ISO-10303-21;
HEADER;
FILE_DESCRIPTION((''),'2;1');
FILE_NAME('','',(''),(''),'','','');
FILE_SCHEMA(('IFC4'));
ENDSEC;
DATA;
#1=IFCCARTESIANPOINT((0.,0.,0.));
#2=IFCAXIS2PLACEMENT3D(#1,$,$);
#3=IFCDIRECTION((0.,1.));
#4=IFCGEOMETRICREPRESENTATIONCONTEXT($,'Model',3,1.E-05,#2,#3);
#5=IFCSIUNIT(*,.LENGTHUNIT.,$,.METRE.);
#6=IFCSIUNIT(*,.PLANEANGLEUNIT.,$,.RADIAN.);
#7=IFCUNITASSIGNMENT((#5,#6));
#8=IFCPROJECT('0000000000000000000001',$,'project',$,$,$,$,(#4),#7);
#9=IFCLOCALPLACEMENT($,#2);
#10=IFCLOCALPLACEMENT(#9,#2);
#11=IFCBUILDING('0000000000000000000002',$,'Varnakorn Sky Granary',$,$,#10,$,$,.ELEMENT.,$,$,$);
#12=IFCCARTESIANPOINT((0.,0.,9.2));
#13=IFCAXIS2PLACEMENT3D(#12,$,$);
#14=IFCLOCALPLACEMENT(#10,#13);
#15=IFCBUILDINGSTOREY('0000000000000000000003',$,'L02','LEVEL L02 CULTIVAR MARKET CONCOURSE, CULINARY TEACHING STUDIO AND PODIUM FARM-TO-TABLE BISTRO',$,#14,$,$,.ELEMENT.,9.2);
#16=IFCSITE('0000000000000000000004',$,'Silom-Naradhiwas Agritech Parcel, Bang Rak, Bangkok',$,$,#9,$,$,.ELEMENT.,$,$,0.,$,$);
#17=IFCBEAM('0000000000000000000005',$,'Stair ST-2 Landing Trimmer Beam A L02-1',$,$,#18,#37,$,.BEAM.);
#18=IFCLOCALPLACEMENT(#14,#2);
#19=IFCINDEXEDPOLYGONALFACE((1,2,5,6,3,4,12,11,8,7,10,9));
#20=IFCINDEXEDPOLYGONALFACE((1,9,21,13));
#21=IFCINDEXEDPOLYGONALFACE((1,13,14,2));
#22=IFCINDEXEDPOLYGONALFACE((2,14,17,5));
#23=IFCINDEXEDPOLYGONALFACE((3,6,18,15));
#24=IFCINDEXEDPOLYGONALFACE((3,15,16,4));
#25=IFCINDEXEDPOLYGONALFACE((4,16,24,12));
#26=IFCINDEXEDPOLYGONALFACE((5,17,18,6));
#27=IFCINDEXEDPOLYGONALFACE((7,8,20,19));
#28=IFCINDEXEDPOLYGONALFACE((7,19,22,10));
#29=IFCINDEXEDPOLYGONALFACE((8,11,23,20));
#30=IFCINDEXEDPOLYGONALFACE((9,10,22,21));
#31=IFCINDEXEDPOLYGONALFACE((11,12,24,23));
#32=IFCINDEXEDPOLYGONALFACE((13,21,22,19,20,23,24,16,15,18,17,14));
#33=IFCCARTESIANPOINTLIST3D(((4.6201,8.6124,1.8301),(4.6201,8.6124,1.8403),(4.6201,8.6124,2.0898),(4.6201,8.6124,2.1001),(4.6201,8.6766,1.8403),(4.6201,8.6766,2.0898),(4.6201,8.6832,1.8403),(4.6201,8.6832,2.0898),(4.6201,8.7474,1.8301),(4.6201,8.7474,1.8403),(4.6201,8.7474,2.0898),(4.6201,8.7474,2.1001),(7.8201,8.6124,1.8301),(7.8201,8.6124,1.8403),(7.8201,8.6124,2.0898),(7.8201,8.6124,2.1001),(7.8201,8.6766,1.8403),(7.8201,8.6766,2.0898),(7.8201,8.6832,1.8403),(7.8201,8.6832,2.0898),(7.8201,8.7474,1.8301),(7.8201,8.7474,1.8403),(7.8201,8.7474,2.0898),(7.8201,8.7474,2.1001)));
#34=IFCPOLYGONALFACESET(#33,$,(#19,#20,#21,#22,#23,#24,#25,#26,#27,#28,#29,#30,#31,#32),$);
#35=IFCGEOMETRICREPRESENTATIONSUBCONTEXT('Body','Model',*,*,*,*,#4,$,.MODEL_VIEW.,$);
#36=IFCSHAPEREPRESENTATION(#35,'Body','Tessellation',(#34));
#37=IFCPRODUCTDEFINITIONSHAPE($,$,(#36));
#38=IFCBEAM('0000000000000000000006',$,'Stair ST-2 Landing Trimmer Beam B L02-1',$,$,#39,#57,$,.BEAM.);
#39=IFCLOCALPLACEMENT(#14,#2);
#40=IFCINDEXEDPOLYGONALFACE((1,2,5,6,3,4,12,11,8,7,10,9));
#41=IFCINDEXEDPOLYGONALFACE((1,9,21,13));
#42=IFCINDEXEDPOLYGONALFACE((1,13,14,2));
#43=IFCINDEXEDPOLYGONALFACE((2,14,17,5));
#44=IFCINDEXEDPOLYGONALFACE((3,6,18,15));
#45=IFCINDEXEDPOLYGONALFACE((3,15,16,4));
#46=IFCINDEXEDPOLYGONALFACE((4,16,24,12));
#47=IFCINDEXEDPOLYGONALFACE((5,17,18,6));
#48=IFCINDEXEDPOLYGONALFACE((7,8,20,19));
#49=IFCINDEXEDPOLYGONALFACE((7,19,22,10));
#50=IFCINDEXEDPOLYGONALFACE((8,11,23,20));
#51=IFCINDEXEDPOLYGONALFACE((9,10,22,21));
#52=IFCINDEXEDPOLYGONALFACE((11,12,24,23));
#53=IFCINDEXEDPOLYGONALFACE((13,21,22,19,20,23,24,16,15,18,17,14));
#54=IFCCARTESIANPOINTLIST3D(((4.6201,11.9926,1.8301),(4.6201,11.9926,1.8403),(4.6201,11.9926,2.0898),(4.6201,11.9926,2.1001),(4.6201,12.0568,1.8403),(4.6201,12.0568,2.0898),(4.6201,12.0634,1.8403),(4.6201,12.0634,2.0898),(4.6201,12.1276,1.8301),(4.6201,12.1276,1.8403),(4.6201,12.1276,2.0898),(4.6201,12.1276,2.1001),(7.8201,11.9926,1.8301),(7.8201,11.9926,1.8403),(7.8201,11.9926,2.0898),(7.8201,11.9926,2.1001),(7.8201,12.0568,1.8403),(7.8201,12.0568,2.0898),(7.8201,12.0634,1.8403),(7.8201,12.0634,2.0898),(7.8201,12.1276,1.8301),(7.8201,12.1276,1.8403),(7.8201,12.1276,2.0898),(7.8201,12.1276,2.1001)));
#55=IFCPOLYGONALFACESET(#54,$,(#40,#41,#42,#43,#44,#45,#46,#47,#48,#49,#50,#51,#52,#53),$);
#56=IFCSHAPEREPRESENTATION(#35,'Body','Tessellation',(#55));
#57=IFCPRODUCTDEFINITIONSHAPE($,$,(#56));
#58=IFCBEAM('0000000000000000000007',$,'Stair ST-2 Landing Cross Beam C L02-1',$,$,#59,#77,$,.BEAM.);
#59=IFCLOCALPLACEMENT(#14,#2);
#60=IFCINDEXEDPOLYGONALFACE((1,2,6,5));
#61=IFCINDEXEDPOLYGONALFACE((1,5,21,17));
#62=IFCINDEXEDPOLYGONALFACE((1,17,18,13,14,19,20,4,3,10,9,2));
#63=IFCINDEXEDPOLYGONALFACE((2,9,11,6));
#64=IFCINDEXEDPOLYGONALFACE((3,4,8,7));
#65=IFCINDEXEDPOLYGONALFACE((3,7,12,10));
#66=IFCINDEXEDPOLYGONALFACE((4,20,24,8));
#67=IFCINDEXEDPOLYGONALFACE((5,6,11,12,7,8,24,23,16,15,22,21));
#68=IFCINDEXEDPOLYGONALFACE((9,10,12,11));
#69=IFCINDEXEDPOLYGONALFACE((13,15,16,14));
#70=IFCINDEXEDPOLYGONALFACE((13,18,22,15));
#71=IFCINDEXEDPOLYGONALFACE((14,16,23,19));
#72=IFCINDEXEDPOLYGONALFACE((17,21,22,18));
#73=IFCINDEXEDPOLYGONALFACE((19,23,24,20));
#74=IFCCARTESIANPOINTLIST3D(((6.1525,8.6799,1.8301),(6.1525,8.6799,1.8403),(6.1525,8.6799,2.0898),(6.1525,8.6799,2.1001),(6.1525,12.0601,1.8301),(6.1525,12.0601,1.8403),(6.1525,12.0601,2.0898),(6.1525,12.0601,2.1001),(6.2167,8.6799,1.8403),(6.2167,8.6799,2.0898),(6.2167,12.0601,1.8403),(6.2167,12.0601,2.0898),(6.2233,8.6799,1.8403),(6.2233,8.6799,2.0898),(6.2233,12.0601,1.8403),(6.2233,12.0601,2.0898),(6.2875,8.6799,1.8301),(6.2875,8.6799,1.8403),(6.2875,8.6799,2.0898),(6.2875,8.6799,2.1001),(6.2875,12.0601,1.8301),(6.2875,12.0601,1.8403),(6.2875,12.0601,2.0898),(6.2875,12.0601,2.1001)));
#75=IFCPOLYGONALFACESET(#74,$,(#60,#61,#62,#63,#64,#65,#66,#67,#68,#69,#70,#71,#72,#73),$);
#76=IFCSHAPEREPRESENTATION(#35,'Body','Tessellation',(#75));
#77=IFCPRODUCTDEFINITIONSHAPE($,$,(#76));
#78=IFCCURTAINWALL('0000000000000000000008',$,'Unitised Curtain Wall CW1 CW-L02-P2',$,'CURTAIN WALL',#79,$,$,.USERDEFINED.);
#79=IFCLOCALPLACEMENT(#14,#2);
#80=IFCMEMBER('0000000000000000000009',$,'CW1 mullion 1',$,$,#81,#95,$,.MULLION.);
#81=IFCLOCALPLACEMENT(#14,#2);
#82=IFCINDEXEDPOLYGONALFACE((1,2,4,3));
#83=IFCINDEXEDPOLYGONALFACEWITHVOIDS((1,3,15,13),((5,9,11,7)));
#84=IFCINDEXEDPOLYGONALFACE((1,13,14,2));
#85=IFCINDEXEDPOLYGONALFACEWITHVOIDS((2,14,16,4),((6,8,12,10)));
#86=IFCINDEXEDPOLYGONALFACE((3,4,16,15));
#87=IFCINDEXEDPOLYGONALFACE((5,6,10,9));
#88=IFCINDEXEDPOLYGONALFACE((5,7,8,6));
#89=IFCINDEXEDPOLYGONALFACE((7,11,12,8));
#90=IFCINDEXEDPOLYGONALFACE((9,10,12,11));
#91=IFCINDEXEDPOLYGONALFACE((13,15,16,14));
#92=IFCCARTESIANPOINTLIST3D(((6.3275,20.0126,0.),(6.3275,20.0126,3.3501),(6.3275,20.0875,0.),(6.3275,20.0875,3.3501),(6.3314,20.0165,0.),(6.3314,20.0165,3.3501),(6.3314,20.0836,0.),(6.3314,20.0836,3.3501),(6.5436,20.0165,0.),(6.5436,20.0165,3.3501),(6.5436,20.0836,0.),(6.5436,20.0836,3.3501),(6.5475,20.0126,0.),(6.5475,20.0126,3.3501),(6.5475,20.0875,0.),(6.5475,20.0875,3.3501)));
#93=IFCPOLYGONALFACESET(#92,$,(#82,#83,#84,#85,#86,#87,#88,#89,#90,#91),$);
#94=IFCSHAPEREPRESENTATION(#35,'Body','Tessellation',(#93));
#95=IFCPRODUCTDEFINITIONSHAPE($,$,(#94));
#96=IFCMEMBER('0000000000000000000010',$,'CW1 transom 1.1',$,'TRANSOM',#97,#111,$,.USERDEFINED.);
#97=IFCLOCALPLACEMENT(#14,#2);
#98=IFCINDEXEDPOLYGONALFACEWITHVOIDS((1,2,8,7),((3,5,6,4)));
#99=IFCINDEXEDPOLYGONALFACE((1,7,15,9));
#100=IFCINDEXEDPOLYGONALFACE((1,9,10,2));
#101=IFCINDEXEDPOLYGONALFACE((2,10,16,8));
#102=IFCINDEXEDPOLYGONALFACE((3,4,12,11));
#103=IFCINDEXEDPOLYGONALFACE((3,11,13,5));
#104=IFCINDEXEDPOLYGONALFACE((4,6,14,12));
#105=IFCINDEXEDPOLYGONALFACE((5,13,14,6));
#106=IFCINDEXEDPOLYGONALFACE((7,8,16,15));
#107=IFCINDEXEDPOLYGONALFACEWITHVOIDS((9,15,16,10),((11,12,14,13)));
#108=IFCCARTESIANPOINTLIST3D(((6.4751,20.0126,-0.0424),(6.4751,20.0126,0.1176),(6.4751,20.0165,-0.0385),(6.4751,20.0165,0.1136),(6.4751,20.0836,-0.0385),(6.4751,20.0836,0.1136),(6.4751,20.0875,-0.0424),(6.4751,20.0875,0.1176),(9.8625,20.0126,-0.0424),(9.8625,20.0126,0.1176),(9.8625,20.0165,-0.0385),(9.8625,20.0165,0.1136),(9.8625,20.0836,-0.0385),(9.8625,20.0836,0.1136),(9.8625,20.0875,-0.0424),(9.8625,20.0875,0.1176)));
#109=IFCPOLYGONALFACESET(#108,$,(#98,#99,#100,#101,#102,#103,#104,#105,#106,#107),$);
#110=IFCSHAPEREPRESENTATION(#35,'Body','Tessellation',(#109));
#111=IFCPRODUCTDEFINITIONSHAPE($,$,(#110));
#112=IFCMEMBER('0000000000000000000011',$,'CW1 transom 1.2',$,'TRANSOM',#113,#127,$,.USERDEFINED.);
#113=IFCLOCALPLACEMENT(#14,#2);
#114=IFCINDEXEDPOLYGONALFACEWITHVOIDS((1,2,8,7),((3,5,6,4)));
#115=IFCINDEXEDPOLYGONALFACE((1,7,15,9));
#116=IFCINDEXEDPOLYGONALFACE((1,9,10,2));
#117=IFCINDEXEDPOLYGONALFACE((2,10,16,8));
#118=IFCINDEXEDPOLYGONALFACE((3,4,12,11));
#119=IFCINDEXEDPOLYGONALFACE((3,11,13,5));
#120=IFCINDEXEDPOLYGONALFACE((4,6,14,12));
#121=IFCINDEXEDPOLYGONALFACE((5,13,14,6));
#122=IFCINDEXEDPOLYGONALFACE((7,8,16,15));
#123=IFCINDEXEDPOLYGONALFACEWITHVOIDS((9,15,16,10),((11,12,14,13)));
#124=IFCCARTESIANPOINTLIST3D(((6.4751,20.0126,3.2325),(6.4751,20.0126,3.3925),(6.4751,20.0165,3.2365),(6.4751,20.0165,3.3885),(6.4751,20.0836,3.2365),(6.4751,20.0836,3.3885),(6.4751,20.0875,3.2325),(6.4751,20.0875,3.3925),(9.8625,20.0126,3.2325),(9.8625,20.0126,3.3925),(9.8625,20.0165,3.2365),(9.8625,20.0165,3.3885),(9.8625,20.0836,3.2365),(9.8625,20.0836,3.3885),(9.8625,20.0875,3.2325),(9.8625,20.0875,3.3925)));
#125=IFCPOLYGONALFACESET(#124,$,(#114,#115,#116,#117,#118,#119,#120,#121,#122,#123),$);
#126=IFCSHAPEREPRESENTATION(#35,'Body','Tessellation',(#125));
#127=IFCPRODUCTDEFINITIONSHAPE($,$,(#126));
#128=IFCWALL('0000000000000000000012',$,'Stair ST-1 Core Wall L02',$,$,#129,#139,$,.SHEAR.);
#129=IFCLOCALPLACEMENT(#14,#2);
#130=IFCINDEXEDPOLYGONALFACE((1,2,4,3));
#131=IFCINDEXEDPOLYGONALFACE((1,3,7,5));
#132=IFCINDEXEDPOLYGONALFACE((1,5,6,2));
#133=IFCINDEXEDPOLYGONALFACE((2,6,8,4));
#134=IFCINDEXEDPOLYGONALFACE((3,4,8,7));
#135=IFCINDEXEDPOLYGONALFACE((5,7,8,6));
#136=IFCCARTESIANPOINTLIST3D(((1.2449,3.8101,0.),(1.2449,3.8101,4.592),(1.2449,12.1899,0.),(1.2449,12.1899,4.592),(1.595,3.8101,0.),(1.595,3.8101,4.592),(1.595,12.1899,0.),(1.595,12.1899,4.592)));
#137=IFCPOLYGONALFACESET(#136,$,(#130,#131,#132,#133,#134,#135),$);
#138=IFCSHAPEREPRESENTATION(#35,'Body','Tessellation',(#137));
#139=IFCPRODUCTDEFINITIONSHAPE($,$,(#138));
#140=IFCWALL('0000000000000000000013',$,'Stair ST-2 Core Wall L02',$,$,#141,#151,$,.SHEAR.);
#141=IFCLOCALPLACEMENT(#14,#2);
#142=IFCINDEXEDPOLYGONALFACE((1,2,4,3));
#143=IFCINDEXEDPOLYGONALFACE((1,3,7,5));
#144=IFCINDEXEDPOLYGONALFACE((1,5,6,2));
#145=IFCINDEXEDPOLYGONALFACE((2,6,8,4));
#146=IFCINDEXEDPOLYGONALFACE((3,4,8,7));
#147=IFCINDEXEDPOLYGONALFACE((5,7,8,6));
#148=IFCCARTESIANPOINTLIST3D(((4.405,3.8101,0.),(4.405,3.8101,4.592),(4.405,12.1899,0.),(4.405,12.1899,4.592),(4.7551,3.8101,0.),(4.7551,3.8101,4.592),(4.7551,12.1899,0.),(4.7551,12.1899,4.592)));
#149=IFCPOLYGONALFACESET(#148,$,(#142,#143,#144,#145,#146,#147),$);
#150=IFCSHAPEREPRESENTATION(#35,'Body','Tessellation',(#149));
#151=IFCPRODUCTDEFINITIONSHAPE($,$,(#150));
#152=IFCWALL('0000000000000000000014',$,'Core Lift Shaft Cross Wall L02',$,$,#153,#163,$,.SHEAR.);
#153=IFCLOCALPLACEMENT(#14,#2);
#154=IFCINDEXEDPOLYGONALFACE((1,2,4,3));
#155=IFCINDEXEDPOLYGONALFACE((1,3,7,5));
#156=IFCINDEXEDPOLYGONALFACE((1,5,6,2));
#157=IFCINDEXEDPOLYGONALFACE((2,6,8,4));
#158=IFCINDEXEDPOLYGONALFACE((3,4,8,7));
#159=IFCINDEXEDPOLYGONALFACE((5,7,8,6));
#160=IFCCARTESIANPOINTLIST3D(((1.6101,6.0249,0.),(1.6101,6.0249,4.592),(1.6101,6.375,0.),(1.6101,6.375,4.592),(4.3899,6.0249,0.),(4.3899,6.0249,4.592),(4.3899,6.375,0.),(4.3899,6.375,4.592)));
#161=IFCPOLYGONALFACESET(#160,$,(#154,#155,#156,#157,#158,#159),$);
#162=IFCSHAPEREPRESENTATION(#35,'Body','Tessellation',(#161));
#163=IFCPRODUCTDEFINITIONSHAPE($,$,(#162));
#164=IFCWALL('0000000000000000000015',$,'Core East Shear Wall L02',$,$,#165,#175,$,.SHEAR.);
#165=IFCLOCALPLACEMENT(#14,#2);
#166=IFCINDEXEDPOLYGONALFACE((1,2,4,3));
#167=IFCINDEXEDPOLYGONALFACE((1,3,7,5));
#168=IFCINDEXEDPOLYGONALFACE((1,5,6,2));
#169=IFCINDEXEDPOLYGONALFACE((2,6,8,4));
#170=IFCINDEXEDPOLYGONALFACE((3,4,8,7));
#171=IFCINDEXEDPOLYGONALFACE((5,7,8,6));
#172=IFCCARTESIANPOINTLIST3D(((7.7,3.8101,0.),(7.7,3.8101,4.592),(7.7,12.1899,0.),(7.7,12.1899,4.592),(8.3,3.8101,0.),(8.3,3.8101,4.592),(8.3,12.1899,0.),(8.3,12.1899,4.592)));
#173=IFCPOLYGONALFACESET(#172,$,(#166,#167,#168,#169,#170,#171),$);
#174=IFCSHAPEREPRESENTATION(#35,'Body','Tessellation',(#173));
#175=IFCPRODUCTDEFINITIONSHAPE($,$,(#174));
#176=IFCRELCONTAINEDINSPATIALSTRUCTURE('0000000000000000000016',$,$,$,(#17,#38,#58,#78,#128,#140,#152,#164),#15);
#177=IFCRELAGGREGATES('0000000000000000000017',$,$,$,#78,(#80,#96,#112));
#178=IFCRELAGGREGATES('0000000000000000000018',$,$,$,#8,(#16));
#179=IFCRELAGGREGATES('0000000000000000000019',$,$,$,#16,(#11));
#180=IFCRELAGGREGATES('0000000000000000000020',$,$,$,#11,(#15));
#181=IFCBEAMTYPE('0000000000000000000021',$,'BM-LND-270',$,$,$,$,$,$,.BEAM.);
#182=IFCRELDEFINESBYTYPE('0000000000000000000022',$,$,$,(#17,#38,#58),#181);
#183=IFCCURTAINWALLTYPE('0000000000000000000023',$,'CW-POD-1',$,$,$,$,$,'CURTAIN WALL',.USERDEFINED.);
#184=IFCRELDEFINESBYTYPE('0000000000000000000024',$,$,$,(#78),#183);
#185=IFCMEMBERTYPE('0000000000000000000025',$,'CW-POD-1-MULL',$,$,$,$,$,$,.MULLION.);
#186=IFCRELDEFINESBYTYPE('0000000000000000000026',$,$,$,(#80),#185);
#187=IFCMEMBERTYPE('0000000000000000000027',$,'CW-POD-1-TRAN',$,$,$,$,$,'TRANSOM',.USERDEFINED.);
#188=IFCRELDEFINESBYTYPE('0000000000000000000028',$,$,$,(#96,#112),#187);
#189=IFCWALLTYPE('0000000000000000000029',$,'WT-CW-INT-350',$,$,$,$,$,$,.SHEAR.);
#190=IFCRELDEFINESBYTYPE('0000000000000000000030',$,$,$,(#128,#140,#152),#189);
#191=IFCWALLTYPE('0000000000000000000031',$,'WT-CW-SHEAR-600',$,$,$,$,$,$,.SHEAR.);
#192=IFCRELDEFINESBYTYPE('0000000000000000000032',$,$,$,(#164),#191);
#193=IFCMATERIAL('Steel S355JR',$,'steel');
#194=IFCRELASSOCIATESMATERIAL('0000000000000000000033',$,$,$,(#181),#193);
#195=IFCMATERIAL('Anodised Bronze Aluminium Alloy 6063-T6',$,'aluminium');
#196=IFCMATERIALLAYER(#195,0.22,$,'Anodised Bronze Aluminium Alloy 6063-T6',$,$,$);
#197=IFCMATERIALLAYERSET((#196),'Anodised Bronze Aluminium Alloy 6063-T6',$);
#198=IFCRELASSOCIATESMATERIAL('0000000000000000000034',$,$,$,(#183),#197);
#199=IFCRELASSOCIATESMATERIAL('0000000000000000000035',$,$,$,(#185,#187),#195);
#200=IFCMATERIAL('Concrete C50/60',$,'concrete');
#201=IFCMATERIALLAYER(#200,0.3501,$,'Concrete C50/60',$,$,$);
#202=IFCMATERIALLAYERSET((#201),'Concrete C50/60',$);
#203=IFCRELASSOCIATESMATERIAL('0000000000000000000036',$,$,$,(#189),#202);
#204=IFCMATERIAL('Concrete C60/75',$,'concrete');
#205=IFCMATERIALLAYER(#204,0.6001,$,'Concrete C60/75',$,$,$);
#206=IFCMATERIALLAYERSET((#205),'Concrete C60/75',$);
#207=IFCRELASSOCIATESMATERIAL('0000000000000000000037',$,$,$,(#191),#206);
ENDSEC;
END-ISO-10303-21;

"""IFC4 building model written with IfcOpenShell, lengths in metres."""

from ifc_helpers import new_model, si_unit, direction, frame, frame_2d, origin, origin_2d, place, context, subcontext, project, spatial, rectangle, hollow_rectangle, i_section, extrude, material, layer, layer_set, material_profile, profile_set, type_object, element, aggregate, save


model = new_model("IFC4")

# Units and contexts
model_context = context("Model", 3, precision=1e-05, world=origin(), true_north=direction((0.0, 1.0)))
body_context = subcontext(model_context, "Body", "Model", "MODEL_VIEW")
ifc_project = project(units=[si_unit("LENGTHUNIT", "METRE"), si_unit("PLANEANGLEUNIT", "RADIAN")], contexts=[model_context])

# Site, building, storey
site_placement = place(None, origin())
site = spatial("IfcSite", under=ifc_project, at=site_placement, Name="Silom-Naradhiwas Agritech Parcel, Bang Rak, Bangkok", CompositionType="ELEMENT", RefElevation=0.0)
building_placement = place(site_placement, origin())
building = spatial("IfcBuilding", under=site, at=building_placement, Name="Varnakorn Sky Granary", CompositionType="ELEMENT")
storey_placement = place(building_placement, frame((0.0, 0.0, 9.2)))
storey = spatial("IfcBuildingStorey", under=building, at=storey_placement, Name="L02", Description="LEVEL L02 CULTIVAR MARKET CONCOURSE, CULINARY TEACHING STUDIO AND PODIUM FARM-TO-TABLE BISTRO", CompositionType="ELEMENT", Elevation=9.2)

# Beams
ifc_material_1 = material(Name="Steel S355JR", Category="steel")
ifc_material_profile_1 = material_profile(ifc_material_1, i_section(OverallWidth=0.135, OverallDepth=0.27, WebThickness=0.0066, FlangeThickness=0.0103, at=origin_2d()), Name="IPE 270")
ifc_profile_set_1 = profile_set([ifc_material_profile_1], Name="Steel S355JR")
beam_type = type_object("IfcBeamType", Name="BM-LND-270", PredefinedType="BEAM", material=ifc_profile_set_1)
for number, where, z_axis, x_axis, name in (
    (1, (4.6201, 8.6799, 1.9651), (1.0, 0.0, 0.0), (0.0, 1.0, 0.0), "Stair ST-2 Landing Trimmer Beam A L02-1"),
    (2, (4.6201, 12.0601, 1.9651), (1.0, 0.0, 0.0), (0.0, 1.0, 0.0), "Stair ST-2 Landing Trimmer Beam B L02-1"),
):
    element("IfcBeam", number, at=place(storey_placement, frame(where, z_axis=z_axis, x_axis=x_axis)), inside=storey, type_object=beam_type, Name=name, PredefinedType="BEAM", context=body_context, shape_type="SweptSolid", body=[
        extrude(i_section(OverallWidth=0.135, OverallDepth=0.27, WebThickness=0.0066, FlangeThickness=0.0103, at=origin_2d()), origin(), (0.0, 0.0, 1.0), 3.2),
    ])
beam_placement = place(storey_placement, frame((6.22, 8.6799, 1.9651), z_axis=(0.0, 1.0, 0.0), x_axis=(-1.0, 0.0, 0.0)))
element("IfcBeam", 3, at=beam_placement, inside=storey, type_object=beam_type, Name="Stair ST-2 Landing Cross Beam C L02-1", PredefinedType="BEAM", context=body_context, shape_type="SweptSolid", body=[
    extrude(i_section(OverallWidth=0.135, OverallDepth=0.27, WebThickness=0.0066, FlangeThickness=0.0103, at=origin_2d()), origin(), (0.0, 0.0, 1.0), 3.3801),
])

# Curtain wall, members
ifc_material_2 = material(Name="Anodised Bronze Aluminium Alloy 6063-T6", Category="aluminium")
ifc_layer_1 = layer(ifc_material_2, 0.22, Name="Anodised Bronze Aluminium Alloy 6063-T6")
ifc_layer_set_1 = layer_set([ifc_layer_1], Name="Anodised Bronze Aluminium Alloy 6063-T6")
curtain_wall_type = type_object("IfcCurtainWallType", Name="CW-POD-1", ElementType="CURTAIN WALL", PredefinedType="USERDEFINED", material=ifc_layer_set_1)
curtain_wall_placement = place(storey_placement, origin())
curtain_wall = element("IfcCurtainWall", 4, at=curtain_wall_placement, inside=storey, type_object=curtain_wall_type, Name="Unitised Curtain Wall CW1 CW-L02-P2", ObjectType="CURTAIN WALL", PredefinedType="USERDEFINED")
ifc_material_profile_2 = material_profile(ifc_material_2, hollow_rectangle(XDim=0.075, YDim=0.22, WallThickness=0.0039, at=origin_2d()), Name="ALU MULL 75x220")
ifc_profile_set_2 = profile_set([ifc_material_profile_2], Name="Anodised Bronze Aluminium Alloy 6063-T6")
member_type_1 = type_object("IfcMemberType", Name="CW-POD-1-MULL", PredefinedType="MULLION", material=ifc_profile_set_2)
member_1_placement = place(storey_placement, frame((6.4375, 20.05, 0.0), z_axis=(0.0, 0.0, 1.0), x_axis=(0.0, 1.0, 0.0)))
member_1 = element("IfcMember", 5, at=member_1_placement, type_object=member_type_1, Name="CW1 mullion 1", PredefinedType="MULLION", context=body_context, shape_type="SweptSolid", body=[
    extrude(hollow_rectangle(XDim=0.075, YDim=0.22, WallThickness=0.0039, at=origin_2d()), origin(), (0.0, 0.0, 1.0), 3.3501),
])
ifc_material_profile_3 = material_profile(ifc_material_2, hollow_rectangle(XDim=0.075, YDim=0.1599, WallThickness=0.0039, at=origin_2d()), Name="ALU TRAN 75x160")
ifc_profile_set_3 = profile_set([ifc_material_profile_3], Name="Anodised Bronze Aluminium Alloy 6063-T6")
member_type_2 = type_object("IfcMemberType", Name="CW-POD-1-TRAN", ElementType="TRANSOM", PredefinedType="USERDEFINED", material=ifc_profile_set_3)
member_2_placement = place(storey_placement, frame((6.4751, 20.05, 0.0376), z_axis=(1.0, 0.0, 0.0), x_axis=(0.0, 1.0, 0.0)))
member_2 = element("IfcMember", 6, at=member_2_placement, type_object=member_type_2, Name="CW1 transom 1.1", ObjectType="TRANSOM", PredefinedType="USERDEFINED", context=body_context, shape_type="SweptSolid", body=[
    extrude(hollow_rectangle(XDim=0.075, YDim=0.1599, WallThickness=0.0039, at=origin_2d()), origin(), (0.0, 0.0, 1.0), 3.3875),
])
member_3_placement = place(storey_placement, frame((6.4751, 20.05, 3.3125), z_axis=(1.0, 0.0, 0.0), x_axis=(0.0, 1.0, 0.0)))
member_3 = element("IfcMember", 7, at=member_3_placement, type_object=member_type_2, Name="CW1 transom 1.2", ObjectType="TRANSOM", PredefinedType="USERDEFINED", context=body_context, shape_type="SweptSolid", body=[
    extrude(hollow_rectangle(XDim=0.075, YDim=0.1599, WallThickness=0.0039, at=origin_2d()), origin(), (0.0, 0.0, 1.0), 3.3875),
])
aggregate(curtain_wall, [member_1, member_2, member_3])

# Walls
ifc_material_3 = material(Name="Concrete C50/60", Category="concrete")
ifc_layer_2 = layer(ifc_material_3, 0.3501, Name="Concrete C50/60")
ifc_layer_set_2 = layer_set([ifc_layer_2], Name="Concrete C50/60")
wall_type_1 = type_object("IfcWallType", Name="WT-CW-INT-350", PredefinedType="SHEAR", material=ifc_layer_set_2)
for number, where, z_axis, x_axis, name in (
    (8, (1.4199, 3.8101, 0.0), (0.0, 0.0, 1.0), (0.0, 1.0, 0.0), "Stair ST-1 Core Wall L02"),
    (9, (4.5801, 3.8101, 0.0), (0.0, 0.0, 1.0), (0.0, 1.0, 0.0), "Stair ST-2 Core Wall L02"),
):
    element("IfcWall", number, at=place(storey_placement, frame(where, z_axis=z_axis, x_axis=x_axis)), inside=storey, type_object=wall_type_1, Name=name, PredefinedType="SHEAR", context=body_context, shape_type="SweptSolid", body=[
        extrude(rectangle(XDim=8.3799, YDim=0.3501, at=frame_2d((4.1899, 0.0))), origin(), (0.0, 0.0, 1.0), 4.592),
    ])
wall_1_placement = place(storey_placement, frame((1.6101, 6.2, 0.0), z_axis=(0.0, 0.0, 1.0), x_axis=(1.0, 0.0, 0.0)))
element("IfcWall", 10, at=wall_1_placement, inside=storey, type_object=wall_type_1, Name="Core Lift Shaft Cross Wall L02", PredefinedType="SHEAR", context=body_context, shape_type="SweptSolid", body=[
    extrude(rectangle(XDim=2.7798, YDim=0.3501, at=frame_2d((1.3899, 0.0))), origin(), (0.0, 0.0, 1.0), 4.592),
])
ifc_material_4 = material(Name="Concrete C60/75", Category="concrete")
ifc_layer_3 = layer(ifc_material_4, 0.6001, Name="Concrete C60/75")
ifc_layer_set_3 = layer_set([ifc_layer_3], Name="Concrete C60/75")
wall_type_2 = type_object("IfcWallType", Name="WT-CW-SHEAR-600", PredefinedType="SHEAR", material=ifc_layer_set_3)
wall_2_placement = place(storey_placement, frame((8.0, 3.8101, 0.0), z_axis=(0.0, 0.0, 1.0), x_axis=(0.0, 1.0, 0.0)))
element("IfcWall", 11, at=wall_2_placement, inside=storey, type_object=wall_type_2, Name="Core East Shear Wall L02", PredefinedType="SHEAR", context=body_context, shape_type="SweptSolid", body=[
    extrude(rectangle(XDim=8.3799, YDim=0.6001, at=frame_2d((4.1899, 0.0))), origin(), (0.0, 0.0, 1.0), 4.592),
])

save(model, "model.ifc")
